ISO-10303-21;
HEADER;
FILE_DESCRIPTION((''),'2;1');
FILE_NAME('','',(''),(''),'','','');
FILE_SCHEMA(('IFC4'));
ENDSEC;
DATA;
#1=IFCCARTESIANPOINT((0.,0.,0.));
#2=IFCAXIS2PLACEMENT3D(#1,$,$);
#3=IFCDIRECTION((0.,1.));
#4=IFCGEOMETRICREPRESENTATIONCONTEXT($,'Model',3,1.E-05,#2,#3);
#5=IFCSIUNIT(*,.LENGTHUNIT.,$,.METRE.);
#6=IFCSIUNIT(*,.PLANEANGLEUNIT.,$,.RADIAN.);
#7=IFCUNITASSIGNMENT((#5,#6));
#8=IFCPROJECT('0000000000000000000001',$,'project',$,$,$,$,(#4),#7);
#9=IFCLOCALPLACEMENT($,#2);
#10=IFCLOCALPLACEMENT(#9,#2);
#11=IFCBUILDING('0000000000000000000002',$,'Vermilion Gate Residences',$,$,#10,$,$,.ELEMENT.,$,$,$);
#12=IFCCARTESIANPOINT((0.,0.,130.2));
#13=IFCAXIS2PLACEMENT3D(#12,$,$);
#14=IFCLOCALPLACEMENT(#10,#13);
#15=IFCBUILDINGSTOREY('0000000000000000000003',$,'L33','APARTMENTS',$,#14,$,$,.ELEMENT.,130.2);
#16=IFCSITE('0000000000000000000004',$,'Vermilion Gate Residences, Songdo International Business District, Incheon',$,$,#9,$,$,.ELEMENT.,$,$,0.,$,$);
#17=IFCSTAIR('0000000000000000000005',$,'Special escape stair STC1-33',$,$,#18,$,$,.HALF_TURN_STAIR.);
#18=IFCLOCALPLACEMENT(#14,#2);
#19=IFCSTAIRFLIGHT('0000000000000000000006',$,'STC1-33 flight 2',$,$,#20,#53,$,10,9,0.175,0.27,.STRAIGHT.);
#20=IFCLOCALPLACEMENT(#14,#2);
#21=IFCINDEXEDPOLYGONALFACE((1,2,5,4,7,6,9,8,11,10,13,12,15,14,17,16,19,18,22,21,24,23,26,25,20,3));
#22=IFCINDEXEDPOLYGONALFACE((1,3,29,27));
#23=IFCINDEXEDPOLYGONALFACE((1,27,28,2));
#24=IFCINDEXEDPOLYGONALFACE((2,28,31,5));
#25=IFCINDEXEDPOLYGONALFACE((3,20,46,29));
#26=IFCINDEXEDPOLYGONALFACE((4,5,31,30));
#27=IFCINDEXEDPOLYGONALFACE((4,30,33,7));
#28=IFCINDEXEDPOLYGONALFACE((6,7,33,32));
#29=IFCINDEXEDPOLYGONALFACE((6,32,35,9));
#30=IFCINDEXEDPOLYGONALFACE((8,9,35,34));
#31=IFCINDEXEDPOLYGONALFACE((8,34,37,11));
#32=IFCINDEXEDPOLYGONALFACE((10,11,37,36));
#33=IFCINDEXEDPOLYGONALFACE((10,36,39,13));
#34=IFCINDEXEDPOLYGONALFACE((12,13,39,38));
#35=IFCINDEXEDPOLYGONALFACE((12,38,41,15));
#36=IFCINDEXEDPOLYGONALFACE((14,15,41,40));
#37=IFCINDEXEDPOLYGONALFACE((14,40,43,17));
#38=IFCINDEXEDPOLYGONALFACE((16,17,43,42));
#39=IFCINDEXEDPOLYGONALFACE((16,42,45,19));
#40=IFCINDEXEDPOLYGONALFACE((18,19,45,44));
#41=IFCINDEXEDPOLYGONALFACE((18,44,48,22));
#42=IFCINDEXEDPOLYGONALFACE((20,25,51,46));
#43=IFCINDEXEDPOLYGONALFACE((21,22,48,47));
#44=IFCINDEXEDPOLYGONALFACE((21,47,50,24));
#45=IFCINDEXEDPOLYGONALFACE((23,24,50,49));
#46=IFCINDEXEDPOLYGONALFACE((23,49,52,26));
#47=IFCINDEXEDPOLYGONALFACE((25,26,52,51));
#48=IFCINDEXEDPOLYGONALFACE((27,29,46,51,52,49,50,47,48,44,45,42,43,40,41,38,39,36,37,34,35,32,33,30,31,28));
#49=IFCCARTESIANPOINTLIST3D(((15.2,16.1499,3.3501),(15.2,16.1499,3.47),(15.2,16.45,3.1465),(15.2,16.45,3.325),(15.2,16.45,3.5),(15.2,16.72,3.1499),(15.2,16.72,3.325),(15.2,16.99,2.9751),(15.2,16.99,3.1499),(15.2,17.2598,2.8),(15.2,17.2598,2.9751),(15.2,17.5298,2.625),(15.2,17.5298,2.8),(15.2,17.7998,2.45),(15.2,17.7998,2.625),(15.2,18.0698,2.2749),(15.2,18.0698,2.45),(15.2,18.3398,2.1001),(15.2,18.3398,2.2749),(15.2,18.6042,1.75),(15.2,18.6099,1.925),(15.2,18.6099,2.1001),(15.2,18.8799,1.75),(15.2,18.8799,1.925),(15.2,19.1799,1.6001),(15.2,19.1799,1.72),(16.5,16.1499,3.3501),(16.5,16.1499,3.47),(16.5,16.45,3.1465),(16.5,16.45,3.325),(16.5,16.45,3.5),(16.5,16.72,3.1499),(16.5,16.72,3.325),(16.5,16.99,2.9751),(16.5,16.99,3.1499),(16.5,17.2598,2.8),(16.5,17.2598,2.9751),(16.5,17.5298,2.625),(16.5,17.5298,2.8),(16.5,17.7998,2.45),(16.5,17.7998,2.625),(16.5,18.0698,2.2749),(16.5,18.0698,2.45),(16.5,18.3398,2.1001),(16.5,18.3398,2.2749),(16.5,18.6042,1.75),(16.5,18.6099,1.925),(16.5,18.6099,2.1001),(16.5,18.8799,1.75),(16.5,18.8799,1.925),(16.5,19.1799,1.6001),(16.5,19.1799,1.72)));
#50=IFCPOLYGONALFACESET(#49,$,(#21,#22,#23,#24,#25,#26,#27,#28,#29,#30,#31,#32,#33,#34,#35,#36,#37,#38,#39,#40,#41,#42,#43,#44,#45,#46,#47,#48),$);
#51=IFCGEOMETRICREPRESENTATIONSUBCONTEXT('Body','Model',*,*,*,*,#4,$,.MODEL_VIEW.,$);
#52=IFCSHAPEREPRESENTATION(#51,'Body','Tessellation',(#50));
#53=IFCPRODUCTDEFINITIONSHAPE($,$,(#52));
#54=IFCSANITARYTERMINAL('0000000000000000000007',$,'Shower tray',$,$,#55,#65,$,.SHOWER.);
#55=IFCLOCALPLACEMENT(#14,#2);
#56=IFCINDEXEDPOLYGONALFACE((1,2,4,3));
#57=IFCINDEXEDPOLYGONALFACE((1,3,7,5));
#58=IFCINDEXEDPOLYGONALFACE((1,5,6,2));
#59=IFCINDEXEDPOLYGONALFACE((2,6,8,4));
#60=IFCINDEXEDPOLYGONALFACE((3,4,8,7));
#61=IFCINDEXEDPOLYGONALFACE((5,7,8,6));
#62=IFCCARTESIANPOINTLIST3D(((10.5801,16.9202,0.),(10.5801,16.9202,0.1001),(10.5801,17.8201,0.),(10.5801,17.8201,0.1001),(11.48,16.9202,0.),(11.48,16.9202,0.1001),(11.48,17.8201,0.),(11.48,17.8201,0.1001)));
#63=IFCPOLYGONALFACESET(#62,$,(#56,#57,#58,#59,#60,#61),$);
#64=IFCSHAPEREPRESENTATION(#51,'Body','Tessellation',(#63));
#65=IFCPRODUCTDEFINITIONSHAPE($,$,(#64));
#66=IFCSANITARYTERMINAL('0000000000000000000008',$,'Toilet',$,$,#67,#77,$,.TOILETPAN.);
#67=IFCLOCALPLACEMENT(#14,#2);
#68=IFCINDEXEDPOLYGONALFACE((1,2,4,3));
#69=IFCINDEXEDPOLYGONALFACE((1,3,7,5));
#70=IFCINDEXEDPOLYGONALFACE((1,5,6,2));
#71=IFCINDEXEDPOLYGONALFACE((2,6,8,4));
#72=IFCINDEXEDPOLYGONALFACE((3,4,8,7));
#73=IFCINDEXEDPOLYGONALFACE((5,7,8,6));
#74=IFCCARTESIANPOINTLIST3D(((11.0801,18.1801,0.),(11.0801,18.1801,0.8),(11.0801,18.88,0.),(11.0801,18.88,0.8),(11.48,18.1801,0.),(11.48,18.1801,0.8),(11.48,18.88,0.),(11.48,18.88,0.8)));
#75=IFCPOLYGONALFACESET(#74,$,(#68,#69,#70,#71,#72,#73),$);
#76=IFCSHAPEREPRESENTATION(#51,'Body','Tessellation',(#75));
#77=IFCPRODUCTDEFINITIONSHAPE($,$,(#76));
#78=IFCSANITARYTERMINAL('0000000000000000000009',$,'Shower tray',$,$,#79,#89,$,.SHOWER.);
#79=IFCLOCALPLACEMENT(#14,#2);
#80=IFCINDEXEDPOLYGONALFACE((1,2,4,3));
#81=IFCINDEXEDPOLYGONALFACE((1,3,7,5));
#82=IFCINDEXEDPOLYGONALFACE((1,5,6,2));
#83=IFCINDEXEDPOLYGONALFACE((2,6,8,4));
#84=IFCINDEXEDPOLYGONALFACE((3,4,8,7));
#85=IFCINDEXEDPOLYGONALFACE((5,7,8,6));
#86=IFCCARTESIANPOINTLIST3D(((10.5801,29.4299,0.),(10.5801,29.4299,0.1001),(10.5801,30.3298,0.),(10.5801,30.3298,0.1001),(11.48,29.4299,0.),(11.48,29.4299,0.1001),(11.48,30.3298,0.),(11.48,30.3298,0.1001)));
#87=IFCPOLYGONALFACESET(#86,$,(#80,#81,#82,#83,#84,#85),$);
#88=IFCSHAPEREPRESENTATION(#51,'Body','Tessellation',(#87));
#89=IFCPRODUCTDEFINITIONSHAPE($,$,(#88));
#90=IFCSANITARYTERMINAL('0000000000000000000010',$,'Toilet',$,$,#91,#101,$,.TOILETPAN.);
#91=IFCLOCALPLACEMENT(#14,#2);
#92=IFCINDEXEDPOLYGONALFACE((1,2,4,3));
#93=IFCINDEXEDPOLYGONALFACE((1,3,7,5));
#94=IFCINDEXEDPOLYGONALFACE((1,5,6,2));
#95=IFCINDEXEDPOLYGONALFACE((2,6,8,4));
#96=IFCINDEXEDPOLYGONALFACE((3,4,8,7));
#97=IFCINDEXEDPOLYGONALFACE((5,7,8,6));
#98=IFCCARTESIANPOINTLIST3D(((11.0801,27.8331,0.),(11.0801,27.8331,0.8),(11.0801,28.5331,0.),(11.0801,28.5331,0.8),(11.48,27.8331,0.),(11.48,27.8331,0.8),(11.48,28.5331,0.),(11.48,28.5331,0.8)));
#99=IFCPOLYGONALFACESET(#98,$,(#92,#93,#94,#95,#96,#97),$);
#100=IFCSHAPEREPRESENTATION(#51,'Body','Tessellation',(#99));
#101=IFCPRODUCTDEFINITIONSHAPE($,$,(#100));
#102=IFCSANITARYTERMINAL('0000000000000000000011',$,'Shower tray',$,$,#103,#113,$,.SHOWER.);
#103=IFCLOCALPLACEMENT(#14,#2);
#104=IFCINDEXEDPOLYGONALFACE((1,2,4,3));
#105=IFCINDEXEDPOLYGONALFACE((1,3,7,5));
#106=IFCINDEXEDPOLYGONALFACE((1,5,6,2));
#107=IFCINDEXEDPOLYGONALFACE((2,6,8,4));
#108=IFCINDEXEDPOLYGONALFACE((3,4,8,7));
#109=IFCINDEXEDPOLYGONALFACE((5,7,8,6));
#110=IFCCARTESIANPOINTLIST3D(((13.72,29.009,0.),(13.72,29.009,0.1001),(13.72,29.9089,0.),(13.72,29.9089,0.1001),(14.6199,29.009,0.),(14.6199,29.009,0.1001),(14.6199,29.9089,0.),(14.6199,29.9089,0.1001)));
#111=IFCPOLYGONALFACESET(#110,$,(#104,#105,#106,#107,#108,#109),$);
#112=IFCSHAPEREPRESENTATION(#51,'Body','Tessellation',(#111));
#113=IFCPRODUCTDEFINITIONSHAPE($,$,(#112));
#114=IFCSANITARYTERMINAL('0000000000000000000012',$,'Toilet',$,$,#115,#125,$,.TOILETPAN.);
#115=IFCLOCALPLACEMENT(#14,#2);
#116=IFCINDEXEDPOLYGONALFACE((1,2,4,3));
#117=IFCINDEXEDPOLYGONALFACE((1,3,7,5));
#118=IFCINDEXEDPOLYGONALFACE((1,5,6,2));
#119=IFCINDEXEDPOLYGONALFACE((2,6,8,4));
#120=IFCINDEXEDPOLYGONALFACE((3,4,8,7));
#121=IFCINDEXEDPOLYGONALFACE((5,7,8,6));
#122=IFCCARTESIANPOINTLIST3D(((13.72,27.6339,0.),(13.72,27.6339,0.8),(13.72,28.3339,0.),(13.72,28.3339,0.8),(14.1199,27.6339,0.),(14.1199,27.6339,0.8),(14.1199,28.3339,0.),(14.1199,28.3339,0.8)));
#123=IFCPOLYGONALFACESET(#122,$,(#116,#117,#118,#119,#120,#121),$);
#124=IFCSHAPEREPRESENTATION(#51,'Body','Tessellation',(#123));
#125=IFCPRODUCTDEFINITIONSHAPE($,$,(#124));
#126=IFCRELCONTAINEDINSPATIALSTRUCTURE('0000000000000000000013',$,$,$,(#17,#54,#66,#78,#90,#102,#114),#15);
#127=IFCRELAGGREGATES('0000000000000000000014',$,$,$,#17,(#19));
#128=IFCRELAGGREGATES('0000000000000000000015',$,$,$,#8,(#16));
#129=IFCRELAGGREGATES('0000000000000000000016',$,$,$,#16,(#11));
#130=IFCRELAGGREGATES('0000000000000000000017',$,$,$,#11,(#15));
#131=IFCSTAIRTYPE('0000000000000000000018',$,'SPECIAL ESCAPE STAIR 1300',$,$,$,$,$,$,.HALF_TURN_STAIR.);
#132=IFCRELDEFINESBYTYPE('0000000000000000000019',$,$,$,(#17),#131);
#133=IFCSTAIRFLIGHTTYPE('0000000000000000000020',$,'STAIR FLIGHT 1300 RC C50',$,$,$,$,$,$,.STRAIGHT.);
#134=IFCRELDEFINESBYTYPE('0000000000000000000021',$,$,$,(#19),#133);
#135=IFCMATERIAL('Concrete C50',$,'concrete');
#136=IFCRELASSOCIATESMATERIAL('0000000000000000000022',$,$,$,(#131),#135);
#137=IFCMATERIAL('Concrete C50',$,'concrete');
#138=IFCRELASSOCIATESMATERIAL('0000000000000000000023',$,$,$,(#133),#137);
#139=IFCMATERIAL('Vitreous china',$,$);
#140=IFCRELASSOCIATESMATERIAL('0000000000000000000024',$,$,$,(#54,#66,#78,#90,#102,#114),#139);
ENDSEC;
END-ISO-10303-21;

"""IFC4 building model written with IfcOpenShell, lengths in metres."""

from ifc_helpers import new_model, si_unit, direction, frame, origin, origin_2d, place, context, subcontext, project, spatial, polyline, rectangle, outline, extrude, material, type_object, element, aggregate, save


model = new_model("IFC4")

# Units and contexts
model_context = context("Model", 3, precision=1e-05, world=origin(), true_north=direction((0.0, 1.0)))
body_context = subcontext(model_context, "Body", "Model", "MODEL_VIEW")
ifc_project = project(units=[si_unit("LENGTHUNIT", "METRE"), si_unit("PLANEANGLEUNIT", "RADIAN")], contexts=[model_context])

# Site, building, storey
site_placement = place(None, origin())
site = spatial("IfcSite", under=ifc_project, at=site_placement, Name="Vermilion Gate Residences, Songdo International Business District, Incheon", CompositionType="ELEMENT", RefElevation=0.0)
building_placement = place(site_placement, origin())
building = spatial("IfcBuilding", under=site, at=building_placement, Name="Vermilion Gate Residences", CompositionType="ELEMENT")
storey_placement = place(building_placement, frame((0.0, 0.0, 130.2)))
storey = spatial("IfcBuildingStorey", under=building, at=storey_placement, Name="L33", Description="APARTMENTS", CompositionType="ELEMENT", Elevation=130.2)

# Stair, stair flight
ifc_material_1 = material(Name="Concrete C50", Category="concrete")
stair_type = type_object("IfcStairType", Name="SPECIAL ESCAPE STAIR 1300", PredefinedType="HALF_TURN_STAIR", material=ifc_material_1)
stair_placement = place(storey_placement, origin())
stair = element("IfcStair", 1, at=stair_placement, inside=storey, type_object=stair_type, Name="Special escape stair STC1-33", PredefinedType="HALF_TURN_STAIR")
ifc_material_2 = material(Name="Concrete C50", Category="concrete")
stair_flight_type = type_object("IfcStairFlightType", Name="STAIR FLIGHT 1300 RC C50", PredefinedType="STRAIGHT", material=ifc_material_2)
stair_flight_placement = place(storey_placement, frame((15.8501, 18.8799, 1.75), z_axis=(0.0, 0.0, 1.0), x_axis=(0.0, -1.0, 0.0)))
stair_flight = element("IfcStairFlight", 2, at=stair_flight_placement, type_object=stair_flight_type, Name="STC1-33 flight 2", NumberOfRisers=10, NumberOfTreads=9, PredefinedType="STRAIGHT", RiserHeight=0.175, TreadLength=0.27, context=body_context, shape_type="SweptSolid", body=[
    extrude(outline(polyline([(-0.3, -0.1499), (-0.3, -0.03), (0.0, 0.0), (0.0, 0.175), (0.27, 0.175), (0.27, 0.3501), (0.54, 0.3501), (0.54, 0.5249), (0.8101, 0.5249), (0.8101, 0.7), (1.0801, 0.7), (1.0801, 0.875), (1.3501, 0.875), (1.3501, 1.05), (1.6201, 1.05), (1.6201, 1.2251), (1.8899, 1.2251), (1.8899, 1.3999), (2.1599, 1.3999), (2.1599, 1.575), (2.4299, 1.575), (2.4299, 1.75), (2.73, 1.72), (2.73, 1.6001), (2.4299, 1.3965), (0.2756, 0.0), (-0.3, -0.1499)])), frame((0.0, 0.6499, 0.0), z_axis=(0.0, -1.0, 0.0), x_axis=(1.0, 0.0, 0.0)), (0.0, 0.0, 1.0), 1.3),
])
aggregate(stair, [stair_flight])

# Sanitary terminals
ifc_material_3 = material(Name="Vitreous china")
sanitary_terminal_1_placement = place(storey_placement, frame((11.03, 17.3701, 0.0), z_axis=(0.0, 0.0, 1.0), x_axis=(1.0, 0.0, 0.0)))
element("IfcSanitaryTerminal", 3, at=sanitary_terminal_1_placement, inside=storey, material=ifc_material_3, Name="Shower tray", PredefinedType="SHOWER", context=body_context, shape_type="SweptSolid", body=[
    extrude(rectangle(XDim=0.8999, YDim=0.8999, at=origin_2d()), origin(), (0.0, 0.0, 1.0), 0.1001),
])
sanitary_terminal_2_placement = place(storey_placement, frame((11.28, 18.53, 0.0), z_axis=(0.0, 0.0, 1.0), x_axis=(1.0, 0.0, 0.0)))
element("IfcSanitaryTerminal", 4, at=sanitary_terminal_2_placement, inside=storey, material=ifc_material_3, Name="Toilet", PredefinedType="TOILETPAN", context=body_context, shape_type="SweptSolid", body=[
    extrude(rectangle(XDim=0.3999, YDim=0.7, at=origin_2d()), origin(), (0.0, 0.0, 1.0), 0.8),
])
sanitary_terminal_3_placement = place(storey_placement, frame((11.03, 29.8799, 0.0), z_axis=(0.0, 0.0, 1.0), x_axis=(1.0, 0.0, 0.0)))
element("IfcSanitaryTerminal", 5, at=sanitary_terminal_3_placement, inside=storey, material=ifc_material_3, Name="Shower tray", PredefinedType="SHOWER", context=body_context, shape_type="SweptSolid", body=[
    extrude(rectangle(XDim=0.8999, YDim=0.8999, at=origin_2d()), origin(), (0.0, 0.0, 1.0), 0.1001),
])
sanitary_terminal_4_placement = place(storey_placement, frame((11.28, 28.1831, 0.0), z_axis=(0.0, 0.0, 1.0), x_axis=(1.0, 0.0, 0.0)))
element("IfcSanitaryTerminal", 6, at=sanitary_terminal_4_placement, inside=storey, material=ifc_material_3, Name="Toilet", PredefinedType="TOILETPAN", context=body_context, shape_type="SweptSolid", body=[
    extrude(rectangle(XDim=0.3999, YDim=0.7, at=origin_2d()), origin(), (0.0, 0.0, 1.0), 0.8),
])
sanitary_terminal_5_placement = place(storey_placement, frame((14.1699, 29.459, 0.0), z_axis=(0.0, 0.0, 1.0), x_axis=(1.0, 0.0, 0.0)))
element("IfcSanitaryTerminal", 7, at=sanitary_terminal_5_placement, inside=storey, material=ifc_material_3, Name="Shower tray", PredefinedType="SHOWER", context=body_context, shape_type="SweptSolid", body=[
    extrude(rectangle(XDim=0.8999, YDim=0.8999, at=origin_2d()), origin(), (0.0, 0.0, 1.0), 0.1001),
])
sanitary_terminal_6_placement = place(storey_placement, frame((13.9199, 27.9839, 0.0), z_axis=(0.0, 0.0, 1.0), x_axis=(1.0, 0.0, 0.0)))
element("IfcSanitaryTerminal", 8, at=sanitary_terminal_6_placement, inside=storey, material=ifc_material_3, Name="Toilet", PredefinedType="TOILETPAN", context=body_context, shape_type="SweptSolid", body=[
    extrude(rectangle(XDim=0.3999, YDim=0.7, at=origin_2d()), origin(), (0.0, 0.0, 1.0), 0.8),
])

save(model, "model.ifc")
